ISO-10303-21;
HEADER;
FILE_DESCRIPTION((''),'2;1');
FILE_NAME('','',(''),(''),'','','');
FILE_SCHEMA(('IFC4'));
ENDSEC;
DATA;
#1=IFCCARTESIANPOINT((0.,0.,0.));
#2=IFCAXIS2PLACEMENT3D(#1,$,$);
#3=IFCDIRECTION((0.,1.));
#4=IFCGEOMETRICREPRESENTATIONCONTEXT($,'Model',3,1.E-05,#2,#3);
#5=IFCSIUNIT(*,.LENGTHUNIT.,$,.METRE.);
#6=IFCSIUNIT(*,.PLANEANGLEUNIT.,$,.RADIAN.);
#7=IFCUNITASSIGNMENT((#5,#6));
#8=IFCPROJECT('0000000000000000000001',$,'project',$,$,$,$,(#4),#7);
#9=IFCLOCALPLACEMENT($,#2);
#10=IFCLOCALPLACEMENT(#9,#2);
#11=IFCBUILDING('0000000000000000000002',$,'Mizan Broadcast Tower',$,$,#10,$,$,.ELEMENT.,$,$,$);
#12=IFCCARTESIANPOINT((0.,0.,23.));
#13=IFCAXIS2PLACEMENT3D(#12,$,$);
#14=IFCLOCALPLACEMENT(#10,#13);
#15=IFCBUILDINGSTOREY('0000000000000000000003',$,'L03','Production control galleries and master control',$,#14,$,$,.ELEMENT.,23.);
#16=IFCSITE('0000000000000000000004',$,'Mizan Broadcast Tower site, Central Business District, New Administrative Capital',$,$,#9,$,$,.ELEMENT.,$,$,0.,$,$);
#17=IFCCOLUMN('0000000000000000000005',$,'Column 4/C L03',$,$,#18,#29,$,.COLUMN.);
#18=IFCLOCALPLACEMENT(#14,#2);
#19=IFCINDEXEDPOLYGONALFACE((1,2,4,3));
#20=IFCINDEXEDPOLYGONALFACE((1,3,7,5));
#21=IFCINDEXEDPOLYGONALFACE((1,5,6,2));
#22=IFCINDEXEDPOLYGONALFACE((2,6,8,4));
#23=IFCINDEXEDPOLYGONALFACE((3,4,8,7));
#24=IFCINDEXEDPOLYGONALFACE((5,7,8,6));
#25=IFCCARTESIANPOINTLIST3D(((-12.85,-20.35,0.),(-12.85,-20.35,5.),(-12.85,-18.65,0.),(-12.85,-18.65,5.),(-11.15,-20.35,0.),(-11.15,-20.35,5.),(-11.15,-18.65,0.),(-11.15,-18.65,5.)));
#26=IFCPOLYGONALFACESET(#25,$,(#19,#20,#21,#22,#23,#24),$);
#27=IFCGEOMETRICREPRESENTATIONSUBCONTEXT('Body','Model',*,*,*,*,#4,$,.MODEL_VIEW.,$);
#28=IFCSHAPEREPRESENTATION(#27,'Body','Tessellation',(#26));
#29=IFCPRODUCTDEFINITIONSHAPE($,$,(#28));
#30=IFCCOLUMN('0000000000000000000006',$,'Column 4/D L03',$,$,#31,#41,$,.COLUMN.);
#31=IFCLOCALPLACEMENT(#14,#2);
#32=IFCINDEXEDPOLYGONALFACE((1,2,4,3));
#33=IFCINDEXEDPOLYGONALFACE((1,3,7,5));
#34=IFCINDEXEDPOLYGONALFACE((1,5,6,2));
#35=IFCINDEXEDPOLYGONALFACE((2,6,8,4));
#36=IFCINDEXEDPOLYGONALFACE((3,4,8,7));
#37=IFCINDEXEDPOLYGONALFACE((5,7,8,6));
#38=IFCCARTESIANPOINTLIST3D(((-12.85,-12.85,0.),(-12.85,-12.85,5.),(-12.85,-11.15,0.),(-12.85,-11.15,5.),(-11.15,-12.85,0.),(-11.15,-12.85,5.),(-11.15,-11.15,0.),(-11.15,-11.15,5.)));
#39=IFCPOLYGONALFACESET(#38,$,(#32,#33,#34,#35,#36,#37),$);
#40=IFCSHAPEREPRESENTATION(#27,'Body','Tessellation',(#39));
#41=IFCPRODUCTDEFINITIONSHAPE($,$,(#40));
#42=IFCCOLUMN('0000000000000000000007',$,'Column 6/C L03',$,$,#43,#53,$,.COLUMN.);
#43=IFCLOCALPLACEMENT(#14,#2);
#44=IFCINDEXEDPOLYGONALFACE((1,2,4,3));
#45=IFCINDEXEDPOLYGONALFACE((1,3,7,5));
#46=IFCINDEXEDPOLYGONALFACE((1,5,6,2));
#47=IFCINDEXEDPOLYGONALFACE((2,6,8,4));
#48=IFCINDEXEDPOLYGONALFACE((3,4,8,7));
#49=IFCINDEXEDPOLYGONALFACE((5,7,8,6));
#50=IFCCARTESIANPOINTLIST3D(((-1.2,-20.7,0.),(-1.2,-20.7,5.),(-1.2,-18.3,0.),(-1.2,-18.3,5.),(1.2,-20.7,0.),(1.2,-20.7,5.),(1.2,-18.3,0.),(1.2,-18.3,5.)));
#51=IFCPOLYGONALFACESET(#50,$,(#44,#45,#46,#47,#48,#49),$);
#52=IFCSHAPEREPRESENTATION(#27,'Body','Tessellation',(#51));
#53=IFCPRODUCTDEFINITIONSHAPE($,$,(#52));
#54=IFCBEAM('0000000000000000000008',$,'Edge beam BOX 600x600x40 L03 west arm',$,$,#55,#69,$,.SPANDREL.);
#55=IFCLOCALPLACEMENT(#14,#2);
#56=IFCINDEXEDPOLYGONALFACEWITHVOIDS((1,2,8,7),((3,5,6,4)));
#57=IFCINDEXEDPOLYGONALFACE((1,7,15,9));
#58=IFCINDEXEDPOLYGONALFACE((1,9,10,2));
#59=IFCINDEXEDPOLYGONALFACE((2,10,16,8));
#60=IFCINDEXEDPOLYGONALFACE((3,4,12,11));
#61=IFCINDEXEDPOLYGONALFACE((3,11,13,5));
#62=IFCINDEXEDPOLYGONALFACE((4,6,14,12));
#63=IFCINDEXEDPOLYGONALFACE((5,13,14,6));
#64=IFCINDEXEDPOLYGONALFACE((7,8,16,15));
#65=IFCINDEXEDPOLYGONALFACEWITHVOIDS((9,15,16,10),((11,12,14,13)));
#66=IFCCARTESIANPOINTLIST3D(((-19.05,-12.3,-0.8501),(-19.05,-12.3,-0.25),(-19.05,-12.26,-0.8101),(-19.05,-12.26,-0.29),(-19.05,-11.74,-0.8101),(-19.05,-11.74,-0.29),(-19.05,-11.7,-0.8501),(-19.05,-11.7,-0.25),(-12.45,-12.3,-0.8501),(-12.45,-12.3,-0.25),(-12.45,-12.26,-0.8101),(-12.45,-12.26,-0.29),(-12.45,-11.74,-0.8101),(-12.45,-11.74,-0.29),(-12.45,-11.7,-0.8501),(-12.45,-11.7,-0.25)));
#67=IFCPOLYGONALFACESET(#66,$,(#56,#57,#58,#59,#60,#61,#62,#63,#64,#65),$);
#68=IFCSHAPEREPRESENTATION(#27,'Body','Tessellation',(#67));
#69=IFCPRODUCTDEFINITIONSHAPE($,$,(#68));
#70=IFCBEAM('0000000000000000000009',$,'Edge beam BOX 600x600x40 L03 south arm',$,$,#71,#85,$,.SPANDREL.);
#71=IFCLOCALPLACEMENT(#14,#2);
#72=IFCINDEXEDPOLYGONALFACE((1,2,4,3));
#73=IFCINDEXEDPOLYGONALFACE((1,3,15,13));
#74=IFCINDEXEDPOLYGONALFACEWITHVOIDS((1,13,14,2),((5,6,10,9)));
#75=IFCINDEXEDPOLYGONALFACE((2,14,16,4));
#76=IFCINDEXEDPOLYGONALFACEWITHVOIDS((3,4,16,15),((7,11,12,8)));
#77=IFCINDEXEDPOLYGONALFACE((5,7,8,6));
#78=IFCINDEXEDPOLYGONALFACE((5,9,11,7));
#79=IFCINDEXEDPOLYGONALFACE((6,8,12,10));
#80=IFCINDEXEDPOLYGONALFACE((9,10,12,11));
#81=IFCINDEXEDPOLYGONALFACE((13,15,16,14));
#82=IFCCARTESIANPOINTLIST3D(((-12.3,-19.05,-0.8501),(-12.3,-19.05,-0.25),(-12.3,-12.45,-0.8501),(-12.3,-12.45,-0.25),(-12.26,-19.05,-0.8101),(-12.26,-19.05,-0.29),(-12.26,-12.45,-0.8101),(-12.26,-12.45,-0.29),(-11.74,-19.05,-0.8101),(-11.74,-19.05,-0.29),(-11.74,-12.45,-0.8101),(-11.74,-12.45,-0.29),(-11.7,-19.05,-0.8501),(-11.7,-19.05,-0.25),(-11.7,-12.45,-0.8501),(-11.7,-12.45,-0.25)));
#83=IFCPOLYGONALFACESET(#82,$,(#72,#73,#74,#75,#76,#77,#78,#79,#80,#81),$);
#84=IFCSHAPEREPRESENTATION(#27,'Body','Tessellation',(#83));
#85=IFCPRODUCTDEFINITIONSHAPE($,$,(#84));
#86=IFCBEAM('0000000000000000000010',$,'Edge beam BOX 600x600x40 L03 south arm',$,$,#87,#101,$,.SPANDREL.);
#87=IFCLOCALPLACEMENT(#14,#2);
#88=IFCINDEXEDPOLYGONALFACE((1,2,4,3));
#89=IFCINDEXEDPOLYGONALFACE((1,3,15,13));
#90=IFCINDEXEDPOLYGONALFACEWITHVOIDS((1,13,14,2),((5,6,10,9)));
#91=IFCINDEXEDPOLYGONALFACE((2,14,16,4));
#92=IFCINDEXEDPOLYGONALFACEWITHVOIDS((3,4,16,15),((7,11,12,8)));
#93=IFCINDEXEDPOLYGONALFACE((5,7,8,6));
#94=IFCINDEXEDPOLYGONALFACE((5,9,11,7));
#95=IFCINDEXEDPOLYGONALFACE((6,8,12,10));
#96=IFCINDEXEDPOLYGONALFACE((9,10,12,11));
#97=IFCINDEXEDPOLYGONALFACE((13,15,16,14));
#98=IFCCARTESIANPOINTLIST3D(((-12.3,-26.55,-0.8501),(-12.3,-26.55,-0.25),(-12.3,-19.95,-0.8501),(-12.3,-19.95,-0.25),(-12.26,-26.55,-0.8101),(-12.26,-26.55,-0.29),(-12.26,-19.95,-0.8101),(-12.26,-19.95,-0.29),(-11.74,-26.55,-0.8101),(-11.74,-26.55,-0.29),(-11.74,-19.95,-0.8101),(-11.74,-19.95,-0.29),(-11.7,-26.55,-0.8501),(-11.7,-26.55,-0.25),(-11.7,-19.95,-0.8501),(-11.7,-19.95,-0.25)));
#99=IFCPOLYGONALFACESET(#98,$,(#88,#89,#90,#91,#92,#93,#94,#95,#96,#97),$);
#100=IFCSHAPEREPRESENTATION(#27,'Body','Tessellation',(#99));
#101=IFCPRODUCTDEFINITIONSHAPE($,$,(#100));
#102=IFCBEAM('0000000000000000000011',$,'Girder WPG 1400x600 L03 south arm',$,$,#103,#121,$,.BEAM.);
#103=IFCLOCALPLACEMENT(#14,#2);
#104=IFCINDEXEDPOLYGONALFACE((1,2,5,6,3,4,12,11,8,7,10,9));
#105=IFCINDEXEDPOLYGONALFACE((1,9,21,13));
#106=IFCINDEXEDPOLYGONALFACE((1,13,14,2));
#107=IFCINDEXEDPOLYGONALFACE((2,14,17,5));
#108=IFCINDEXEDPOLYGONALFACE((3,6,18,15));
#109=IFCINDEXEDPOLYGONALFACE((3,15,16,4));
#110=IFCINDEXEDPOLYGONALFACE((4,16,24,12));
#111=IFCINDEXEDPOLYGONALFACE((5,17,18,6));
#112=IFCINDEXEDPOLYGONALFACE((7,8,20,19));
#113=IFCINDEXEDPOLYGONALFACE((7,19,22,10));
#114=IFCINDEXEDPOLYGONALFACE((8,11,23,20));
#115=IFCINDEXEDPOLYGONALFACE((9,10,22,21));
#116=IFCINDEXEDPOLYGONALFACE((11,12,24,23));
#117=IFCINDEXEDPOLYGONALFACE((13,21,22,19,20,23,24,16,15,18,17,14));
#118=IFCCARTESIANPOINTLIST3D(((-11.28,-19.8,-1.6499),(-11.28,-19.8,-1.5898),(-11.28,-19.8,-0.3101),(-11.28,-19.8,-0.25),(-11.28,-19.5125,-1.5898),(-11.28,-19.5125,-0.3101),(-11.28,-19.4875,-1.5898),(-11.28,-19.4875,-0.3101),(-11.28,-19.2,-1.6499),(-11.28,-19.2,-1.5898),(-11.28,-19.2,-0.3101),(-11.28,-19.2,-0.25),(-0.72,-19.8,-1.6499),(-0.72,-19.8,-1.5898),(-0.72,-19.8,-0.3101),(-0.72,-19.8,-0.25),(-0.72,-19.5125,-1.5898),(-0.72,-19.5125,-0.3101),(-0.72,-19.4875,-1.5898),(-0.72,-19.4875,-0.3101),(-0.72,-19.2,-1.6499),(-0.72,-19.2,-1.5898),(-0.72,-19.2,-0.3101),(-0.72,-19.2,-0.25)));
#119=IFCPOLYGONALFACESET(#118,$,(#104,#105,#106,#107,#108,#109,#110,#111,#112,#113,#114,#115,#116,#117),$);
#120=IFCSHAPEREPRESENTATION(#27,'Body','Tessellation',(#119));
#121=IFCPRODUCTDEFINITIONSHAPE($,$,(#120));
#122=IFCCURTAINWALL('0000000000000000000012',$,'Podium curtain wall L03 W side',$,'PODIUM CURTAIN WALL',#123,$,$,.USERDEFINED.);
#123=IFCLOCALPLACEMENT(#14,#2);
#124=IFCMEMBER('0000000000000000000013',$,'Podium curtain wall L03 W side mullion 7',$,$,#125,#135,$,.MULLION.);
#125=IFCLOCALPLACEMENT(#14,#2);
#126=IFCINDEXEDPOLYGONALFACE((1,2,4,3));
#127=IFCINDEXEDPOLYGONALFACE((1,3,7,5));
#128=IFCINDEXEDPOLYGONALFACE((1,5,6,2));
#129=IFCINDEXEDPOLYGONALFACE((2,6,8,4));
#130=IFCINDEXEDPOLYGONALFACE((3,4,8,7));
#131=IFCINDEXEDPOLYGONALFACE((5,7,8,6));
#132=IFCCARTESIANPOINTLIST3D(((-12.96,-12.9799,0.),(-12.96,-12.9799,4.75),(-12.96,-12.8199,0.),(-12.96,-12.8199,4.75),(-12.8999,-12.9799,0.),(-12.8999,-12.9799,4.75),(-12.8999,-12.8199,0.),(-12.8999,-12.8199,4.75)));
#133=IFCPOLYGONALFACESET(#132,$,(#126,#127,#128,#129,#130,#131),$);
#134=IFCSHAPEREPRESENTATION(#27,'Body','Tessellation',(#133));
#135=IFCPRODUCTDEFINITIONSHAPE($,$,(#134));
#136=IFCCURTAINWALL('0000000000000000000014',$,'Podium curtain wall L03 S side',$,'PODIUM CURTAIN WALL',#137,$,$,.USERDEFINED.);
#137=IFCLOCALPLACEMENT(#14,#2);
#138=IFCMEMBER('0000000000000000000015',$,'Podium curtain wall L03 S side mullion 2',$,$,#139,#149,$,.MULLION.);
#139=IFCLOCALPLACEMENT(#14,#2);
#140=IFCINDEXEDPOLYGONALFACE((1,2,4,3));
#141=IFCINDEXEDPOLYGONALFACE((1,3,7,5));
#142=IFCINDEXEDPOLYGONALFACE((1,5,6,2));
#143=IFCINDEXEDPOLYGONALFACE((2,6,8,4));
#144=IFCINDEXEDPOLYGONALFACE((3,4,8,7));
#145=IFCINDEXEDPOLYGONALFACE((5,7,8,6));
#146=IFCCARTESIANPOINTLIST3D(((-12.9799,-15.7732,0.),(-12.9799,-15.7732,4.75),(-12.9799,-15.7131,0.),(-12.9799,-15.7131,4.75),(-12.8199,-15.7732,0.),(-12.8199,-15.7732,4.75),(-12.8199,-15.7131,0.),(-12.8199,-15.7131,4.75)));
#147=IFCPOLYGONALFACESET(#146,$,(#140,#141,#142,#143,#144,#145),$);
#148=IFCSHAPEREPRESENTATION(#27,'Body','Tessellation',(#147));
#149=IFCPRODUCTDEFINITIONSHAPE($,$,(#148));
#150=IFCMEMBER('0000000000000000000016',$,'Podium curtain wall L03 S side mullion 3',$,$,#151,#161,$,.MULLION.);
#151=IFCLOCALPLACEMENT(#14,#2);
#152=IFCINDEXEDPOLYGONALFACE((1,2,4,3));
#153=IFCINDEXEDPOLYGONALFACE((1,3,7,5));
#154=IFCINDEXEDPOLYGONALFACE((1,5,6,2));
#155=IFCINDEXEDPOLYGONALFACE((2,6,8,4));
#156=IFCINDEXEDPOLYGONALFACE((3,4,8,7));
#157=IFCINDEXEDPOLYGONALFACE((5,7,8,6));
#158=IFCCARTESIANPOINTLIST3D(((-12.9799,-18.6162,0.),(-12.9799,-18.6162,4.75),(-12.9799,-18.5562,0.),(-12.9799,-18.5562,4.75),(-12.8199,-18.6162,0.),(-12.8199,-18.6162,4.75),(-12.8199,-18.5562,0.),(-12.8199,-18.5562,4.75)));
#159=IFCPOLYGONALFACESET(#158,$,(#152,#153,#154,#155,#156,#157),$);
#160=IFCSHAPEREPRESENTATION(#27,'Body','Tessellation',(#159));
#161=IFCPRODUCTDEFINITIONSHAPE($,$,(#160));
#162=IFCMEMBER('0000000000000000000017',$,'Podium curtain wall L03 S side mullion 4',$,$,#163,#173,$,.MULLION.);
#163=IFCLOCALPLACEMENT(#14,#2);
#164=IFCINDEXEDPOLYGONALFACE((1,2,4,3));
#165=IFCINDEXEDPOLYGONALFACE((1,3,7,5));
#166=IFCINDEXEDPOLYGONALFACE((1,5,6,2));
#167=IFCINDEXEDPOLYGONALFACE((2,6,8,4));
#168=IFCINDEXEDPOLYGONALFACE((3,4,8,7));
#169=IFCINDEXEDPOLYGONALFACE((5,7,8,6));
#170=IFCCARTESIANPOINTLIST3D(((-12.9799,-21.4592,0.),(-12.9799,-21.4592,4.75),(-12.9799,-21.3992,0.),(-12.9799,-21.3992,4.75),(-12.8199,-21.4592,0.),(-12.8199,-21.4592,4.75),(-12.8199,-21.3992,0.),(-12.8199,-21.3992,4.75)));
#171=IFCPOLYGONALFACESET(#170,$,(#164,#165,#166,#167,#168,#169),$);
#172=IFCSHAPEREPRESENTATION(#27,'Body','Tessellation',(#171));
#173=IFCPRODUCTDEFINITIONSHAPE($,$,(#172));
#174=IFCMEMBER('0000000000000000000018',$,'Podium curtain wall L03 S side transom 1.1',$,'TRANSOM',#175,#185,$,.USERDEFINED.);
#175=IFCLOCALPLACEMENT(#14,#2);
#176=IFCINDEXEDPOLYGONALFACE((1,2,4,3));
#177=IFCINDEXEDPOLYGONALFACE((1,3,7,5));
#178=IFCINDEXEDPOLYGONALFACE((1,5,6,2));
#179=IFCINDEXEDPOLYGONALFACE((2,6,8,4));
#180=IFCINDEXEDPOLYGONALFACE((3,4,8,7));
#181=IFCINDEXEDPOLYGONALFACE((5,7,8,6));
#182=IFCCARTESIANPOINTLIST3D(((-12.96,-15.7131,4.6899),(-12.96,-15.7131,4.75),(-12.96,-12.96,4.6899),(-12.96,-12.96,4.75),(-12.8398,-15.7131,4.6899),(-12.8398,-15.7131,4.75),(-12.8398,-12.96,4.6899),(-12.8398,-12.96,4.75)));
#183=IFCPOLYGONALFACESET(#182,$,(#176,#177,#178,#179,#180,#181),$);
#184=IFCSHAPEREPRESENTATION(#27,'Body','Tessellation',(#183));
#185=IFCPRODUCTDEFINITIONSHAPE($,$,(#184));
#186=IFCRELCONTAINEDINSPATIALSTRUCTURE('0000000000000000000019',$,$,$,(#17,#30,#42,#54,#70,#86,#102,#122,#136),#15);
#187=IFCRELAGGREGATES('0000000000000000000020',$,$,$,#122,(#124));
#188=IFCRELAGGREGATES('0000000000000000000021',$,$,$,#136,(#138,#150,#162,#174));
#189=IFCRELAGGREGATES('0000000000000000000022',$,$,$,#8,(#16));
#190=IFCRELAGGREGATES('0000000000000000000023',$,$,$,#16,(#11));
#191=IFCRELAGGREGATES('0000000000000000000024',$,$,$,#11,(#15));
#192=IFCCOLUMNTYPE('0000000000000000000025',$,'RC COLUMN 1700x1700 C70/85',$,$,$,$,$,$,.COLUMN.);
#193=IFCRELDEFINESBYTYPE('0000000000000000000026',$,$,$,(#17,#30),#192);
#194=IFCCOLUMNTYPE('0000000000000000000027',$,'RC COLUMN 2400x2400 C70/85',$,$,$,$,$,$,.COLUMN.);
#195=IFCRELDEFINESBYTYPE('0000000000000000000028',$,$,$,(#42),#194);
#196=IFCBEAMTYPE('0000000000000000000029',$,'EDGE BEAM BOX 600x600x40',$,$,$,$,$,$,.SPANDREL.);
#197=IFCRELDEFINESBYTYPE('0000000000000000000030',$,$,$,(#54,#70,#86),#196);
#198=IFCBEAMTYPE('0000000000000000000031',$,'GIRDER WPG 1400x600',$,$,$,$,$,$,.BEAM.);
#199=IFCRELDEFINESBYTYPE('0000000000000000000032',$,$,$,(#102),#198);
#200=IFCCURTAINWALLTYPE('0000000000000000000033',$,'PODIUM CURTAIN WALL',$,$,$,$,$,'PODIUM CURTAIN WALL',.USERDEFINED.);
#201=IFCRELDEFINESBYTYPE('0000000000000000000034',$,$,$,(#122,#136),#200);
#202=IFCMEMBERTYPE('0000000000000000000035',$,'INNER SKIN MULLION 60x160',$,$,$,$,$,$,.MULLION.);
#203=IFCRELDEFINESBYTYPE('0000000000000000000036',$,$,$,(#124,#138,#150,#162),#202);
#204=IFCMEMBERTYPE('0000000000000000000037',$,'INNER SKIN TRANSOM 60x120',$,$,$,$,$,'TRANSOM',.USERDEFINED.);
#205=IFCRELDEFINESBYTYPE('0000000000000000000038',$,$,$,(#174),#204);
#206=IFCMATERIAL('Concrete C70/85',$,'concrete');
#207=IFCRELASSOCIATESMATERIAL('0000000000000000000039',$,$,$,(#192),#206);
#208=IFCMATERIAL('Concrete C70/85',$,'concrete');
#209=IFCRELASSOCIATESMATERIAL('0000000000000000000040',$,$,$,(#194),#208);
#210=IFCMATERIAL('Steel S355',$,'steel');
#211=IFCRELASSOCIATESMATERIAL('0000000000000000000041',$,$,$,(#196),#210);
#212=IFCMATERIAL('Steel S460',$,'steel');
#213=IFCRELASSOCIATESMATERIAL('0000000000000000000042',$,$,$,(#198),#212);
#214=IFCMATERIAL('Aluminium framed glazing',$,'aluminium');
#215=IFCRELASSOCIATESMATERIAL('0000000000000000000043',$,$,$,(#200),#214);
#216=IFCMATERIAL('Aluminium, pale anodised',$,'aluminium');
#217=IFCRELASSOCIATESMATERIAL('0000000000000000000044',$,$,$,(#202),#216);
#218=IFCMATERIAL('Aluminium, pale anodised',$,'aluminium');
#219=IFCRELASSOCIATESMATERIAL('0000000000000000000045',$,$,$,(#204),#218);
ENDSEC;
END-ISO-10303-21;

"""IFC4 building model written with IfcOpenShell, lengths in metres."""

from ifc_helpers import new_model, si_unit, direction, frame, origin, origin_2d, place, context, subcontext, project, spatial, rectangle, hollow_rectangle, i_section, extrude, material, material_profile, profile_set, type_object, element, aggregate, save


model = new_model("IFC4")

# Units and contexts
model_context = context("Model", 3, precision=1e-05, world=origin(), true_north=direction((0.0, 1.0)))
body_context = subcontext(model_context, "Body", "Model", "MODEL_VIEW")
ifc_project = project(units=[si_unit("LENGTHUNIT", "METRE"), si_unit("PLANEANGLEUNIT", "RADIAN")], contexts=[model_context])

# Site, building, storey
site_placement = place(None, origin())
site = spatial("IfcSite", under=ifc_project, at=site_placement, Name="Mizan Broadcast Tower site, Central Business District, New Administrative Capital", CompositionType="ELEMENT", RefElevation=0.0)
building_placement = place(site_placement, origin())
building = spatial("IfcBuilding", under=site, at=building_placement, Name="Mizan Broadcast Tower", CompositionType="ELEMENT")
storey_placement = place(building_placement, frame((0.0, 0.0, 23.0)))
storey = spatial("IfcBuildingStorey", under=building, at=storey_placement, Name="L03", Description="Production control galleries and master control", CompositionType="ELEMENT", Elevation=23.0)

# Columns
ifc_material_1 = material(Name="Concrete C70/85", Category="concrete")
ifc_material_profile_1 = material_profile(ifc_material_1, rectangle(XDim=1.7, YDim=1.7, at=origin_2d()), Name="RC 1700x1700")
ifc_profile_set_1 = profile_set([ifc_material_profile_1], Name="Concrete C70/85")
column_type_1 = type_object("IfcColumnType", Name="RC COLUMN 1700x1700 C70/85", PredefinedType="COLUMN", material=ifc_profile_set_1)
for number, where, z_axis, x_axis, name in (
    (1, (-12.0, -19.5, 0.0), (0.0, 0.0, 1.0), (1.0, 0.0, 0.0), "Column 4/C L03"),
    (2, (-12.0, -12.0, 0.0), (0.0, 0.0, 1.0), (1.0, 0.0, 0.0), "Column 4/D L03"),
):
    element("IfcColumn", number, at=place(storey_placement, frame(where, z_axis=z_axis, x_axis=x_axis)), inside=storey, type_object=column_type_1, Name=name, PredefinedType="COLUMN", context=body_context, shape_type="SweptSolid", body=[
        extrude(rectangle(XDim=1.7, YDim=1.7, at=origin_2d()), origin(), (0.0, 0.0, 1.0), 5.0),
    ])
ifc_material_2 = material(Name="Concrete C70/85", Category="concrete")
ifc_material_profile_2 = material_profile(ifc_material_2, rectangle(XDim=2.3999, YDim=2.3999, at=origin_2d()), Name="RC 2400x2400")
ifc_profile_set_2 = profile_set([ifc_material_profile_2], Name="Concrete C70/85")
column_type_2 = type_object("IfcColumnType", Name="RC COLUMN 2400x2400 C70/85", PredefinedType="COLUMN", material=ifc_profile_set_2)
column_placement = place(storey_placement, frame((0.0, -19.5, 0.0), z_axis=(0.0, 0.0, 1.0), x_axis=(1.0, 0.0, 0.0)))
element("IfcColumn", 3, at=column_placement, inside=storey, type_object=column_type_2, Name="Column 6/C L03", PredefinedType="COLUMN", context=body_context, shape_type="SweptSolid", body=[
    extrude(rectangle(XDim=2.3999, YDim=2.3999, at=origin_2d()), origin(), (0.0, 0.0, 1.0), 5.0),
])

# Beams
ifc_material_3 = material(Name="Steel S355", Category="steel")
ifc_material_profile_3 = material_profile(ifc_material_3, hollow_rectangle(XDim=0.6001, YDim=0.6001, WallThickness=0.04, at=origin_2d()), Name="BOX 600x600x40")
ifc_profile_set_3 = profile_set([ifc_material_profile_3], Name="Steel S355")
beam_type_1 = type_object("IfcBeamType", Name="EDGE BEAM BOX 600x600x40", PredefinedType="SPANDREL", material=ifc_profile_set_3)
for number, where, z_axis, x_axis, name in (
    (4, (-12.45, -12.0, -0.55), (-1.0, 0.0, 0.0), (0.0, -1.0, 0.0), "Edge beam BOX 600x600x40 L03 west arm"),
    (5, (-12.0, -12.45, -0.55), (0.0, -1.0, 0.0), (1.0, 0.0, 0.0), "Edge beam BOX 600x600x40 L03 south arm"),
    (6, (-12.0, -19.95, -0.55), (0.0, -1.0, 0.0), (1.0, 0.0, 0.0), "Edge beam BOX 600x600x40 L03 south arm"),
):
    element("IfcBeam", number, at=place(storey_placement, frame(where, z_axis=z_axis, x_axis=x_axis)), inside=storey, type_object=beam_type_1, Name=name, PredefinedType="SPANDREL", context=body_context, shape_type="SweptSolid", body=[
        extrude(hollow_rectangle(XDim=0.6001, YDim=0.6001, WallThickness=0.04, at=origin_2d()), origin(), (0.0, 0.0, 1.0), 6.6001),
    ])
ifc_material_4 = material(Name="Steel S460", Category="steel")
ifc_material_profile_4 = material_profile(ifc_material_4, i_section(OverallWidth=0.6001, OverallDepth=1.3999, WebThickness=0.0249, FlangeThickness=0.0601, at=origin_2d()), Name="WPG 1400x600")
ifc_profile_set_4 = profile_set([ifc_material_profile_4], Name="Steel S460")
beam_type_2 = type_object("IfcBeamType", Name="GIRDER WPG 1400x600", PredefinedType="BEAM", material=ifc_profile_set_4)
beam_1_placement = place(storey_placement, frame((-11.28, -19.5, -0.95), z_axis=(1.0, 0.0, 0.0), x_axis=(0.0, 1.0, 0.0)))
element("IfcBeam", 7, at=beam_1_placement, inside=storey, type_object=beam_type_2, Name="Girder WPG 1400x600 L03 south arm", PredefinedType="BEAM", context=body_context, shape_type="SweptSolid", body=[
    extrude(i_section(OverallWidth=0.6001, OverallDepth=1.3999, WebThickness=0.0249, FlangeThickness=0.0601, at=origin_2d()), origin(), (0.0, 0.0, 1.0), 10.5601),
])

# Curtain wall, member
ifc_material_5 = material(Name="Aluminium framed glazing", Category="aluminium")
curtain_wall_type_1 = type_object("IfcCurtainWallType", Name="PODIUM CURTAIN WALL", ElementType="PODIUM CURTAIN WALL", PredefinedType="USERDEFINED", material=ifc_material_5)
curtain_wall_1_placement = place(storey_placement, origin())
curtain_wall_1 = element("IfcCurtainWall", 8, at=curtain_wall_1_placement, inside=storey, type_object=curtain_wall_type_1, Name="Podium curtain wall L03 W side", ObjectType="PODIUM CURTAIN WALL", PredefinedType="USERDEFINED")
ifc_material_6 = material(Name="Aluminium, pale anodised", Category="aluminium")
ifc_material_profile_5 = material_profile(ifc_material_6, rectangle(XDim=0.1599, YDim=0.0601, at=origin_2d()), Name="MULLION 160x60")
ifc_profile_set_5 = profile_set([ifc_material_profile_5], Name="Aluminium, pale anodised")
member_type_1 = type_object("IfcMemberType", Name="INNER SKIN MULLION 60x160", PredefinedType="MULLION", material=ifc_profile_set_5)
member_1_placement = place(storey_placement, frame((-12.9299, -12.8999, 0.0), z_axis=(0.0, 0.0, 1.0), x_axis=(0.0, 1.0, 0.0)))
member_1 = element("IfcMember", 9, at=member_1_placement, type_object=member_type_1, Name="Podium curtain wall L03 W side mullion 7", PredefinedType="MULLION", context=body_context, shape_type="SweptSolid", body=[
    extrude(rectangle(XDim=0.1599, YDim=0.0601, at=origin_2d()), origin(), (0.0, 0.0, 1.0), 4.75),
])
aggregate(curtain_wall_1, [member_1])

# Curtain wall, members
curtain_wall_2_placement = place(storey_placement, origin())
curtain_wall_2 = element("IfcCurtainWall", 10, at=curtain_wall_2_placement, inside=storey, type_object=curtain_wall_type_1, Name="Podium curtain wall L03 S side", ObjectType="PODIUM CURTAIN WALL", PredefinedType="USERDEFINED")
member_2_placement = place(storey_placement, frame((-12.8999, -15.7432, 0.0), z_axis=(0.0, 0.0, 1.0), x_axis=(1.0, 0.0, 0.0)))
member_2 = element("IfcMember", 11, at=member_2_placement, type_object=member_type_1, Name="Podium curtain wall L03 S side mullion 2", PredefinedType="MULLION", context=body_context, shape_type="SweptSolid", body=[
    extrude(rectangle(XDim=0.1599, YDim=0.0601, at=origin_2d()), origin(), (0.0, 0.0, 1.0), 4.75),
])
member_3_placement = place(storey_placement, frame((-12.8999, -18.5862, 0.0), z_axis=(0.0, 0.0, 1.0), x_axis=(1.0, 0.0, 0.0)))
member_3 = element("IfcMember", 12, at=member_3_placement, type_object=member_type_1, Name="Podium curtain wall L03 S side mullion 3", PredefinedType="MULLION", context=body_context, shape_type="SweptSolid", body=[
    extrude(rectangle(XDim=0.1599, YDim=0.0601, at=origin_2d()), origin(), (0.0, 0.0, 1.0), 4.75),
])
member_4_placement = place(storey_placement, frame((-12.8999, -21.4292, 0.0), z_axis=(0.0, 0.0, 1.0), x_axis=(1.0, 0.0, 0.0)))
member_4 = element("IfcMember", 13, at=member_4_placement, type_object=member_type_1, Name="Podium curtain wall L03 S side mullion 4", PredefinedType="MULLION", context=body_context, shape_type="SweptSolid", body=[
    extrude(rectangle(XDim=0.1599, YDim=0.0601, at=origin_2d()), origin(), (0.0, 0.0, 1.0), 4.75),
])
ifc_material_7 = material(Name="Aluminium, pale anodised", Category="aluminium")
ifc_material_profile_6 = material_profile(ifc_material_7, rectangle(XDim=0.1201, YDim=0.0601, at=origin_2d()), Name="TRANSOM 120x60")
ifc_profile_set_6 = profile_set([ifc_material_profile_6], Name="Aluminium, pale anodised")
member_type_2 = type_object("IfcMemberType", Name="INNER SKIN TRANSOM 60x120", ElementType="TRANSOM", PredefinedType="USERDEFINED", material=ifc_profile_set_6)
member_5_placement = place(storey_placement, frame((-12.8999, -12.96, 4.72), z_axis=(0.0, -1.0, 0.0), x_axis=(1.0, 0.0, 0.0)))
member_5 = element("IfcMember", 14, at=member_5_placement, type_object=member_type_2, Name="Podium curtain wall L03 S side transom 1.1", ObjectType="TRANSOM", PredefinedType="USERDEFINED", context=body_context, shape_type="SweptSolid", body=[
    extrude(rectangle(XDim=0.1201, YDim=0.0601, at=origin_2d()), origin(), (0.0, 0.0, 1.0), 2.7532),
])

aggregate(curtain_wall_2, [member_2, member_3, member_4, member_5])

save(model, "model.ifc")
